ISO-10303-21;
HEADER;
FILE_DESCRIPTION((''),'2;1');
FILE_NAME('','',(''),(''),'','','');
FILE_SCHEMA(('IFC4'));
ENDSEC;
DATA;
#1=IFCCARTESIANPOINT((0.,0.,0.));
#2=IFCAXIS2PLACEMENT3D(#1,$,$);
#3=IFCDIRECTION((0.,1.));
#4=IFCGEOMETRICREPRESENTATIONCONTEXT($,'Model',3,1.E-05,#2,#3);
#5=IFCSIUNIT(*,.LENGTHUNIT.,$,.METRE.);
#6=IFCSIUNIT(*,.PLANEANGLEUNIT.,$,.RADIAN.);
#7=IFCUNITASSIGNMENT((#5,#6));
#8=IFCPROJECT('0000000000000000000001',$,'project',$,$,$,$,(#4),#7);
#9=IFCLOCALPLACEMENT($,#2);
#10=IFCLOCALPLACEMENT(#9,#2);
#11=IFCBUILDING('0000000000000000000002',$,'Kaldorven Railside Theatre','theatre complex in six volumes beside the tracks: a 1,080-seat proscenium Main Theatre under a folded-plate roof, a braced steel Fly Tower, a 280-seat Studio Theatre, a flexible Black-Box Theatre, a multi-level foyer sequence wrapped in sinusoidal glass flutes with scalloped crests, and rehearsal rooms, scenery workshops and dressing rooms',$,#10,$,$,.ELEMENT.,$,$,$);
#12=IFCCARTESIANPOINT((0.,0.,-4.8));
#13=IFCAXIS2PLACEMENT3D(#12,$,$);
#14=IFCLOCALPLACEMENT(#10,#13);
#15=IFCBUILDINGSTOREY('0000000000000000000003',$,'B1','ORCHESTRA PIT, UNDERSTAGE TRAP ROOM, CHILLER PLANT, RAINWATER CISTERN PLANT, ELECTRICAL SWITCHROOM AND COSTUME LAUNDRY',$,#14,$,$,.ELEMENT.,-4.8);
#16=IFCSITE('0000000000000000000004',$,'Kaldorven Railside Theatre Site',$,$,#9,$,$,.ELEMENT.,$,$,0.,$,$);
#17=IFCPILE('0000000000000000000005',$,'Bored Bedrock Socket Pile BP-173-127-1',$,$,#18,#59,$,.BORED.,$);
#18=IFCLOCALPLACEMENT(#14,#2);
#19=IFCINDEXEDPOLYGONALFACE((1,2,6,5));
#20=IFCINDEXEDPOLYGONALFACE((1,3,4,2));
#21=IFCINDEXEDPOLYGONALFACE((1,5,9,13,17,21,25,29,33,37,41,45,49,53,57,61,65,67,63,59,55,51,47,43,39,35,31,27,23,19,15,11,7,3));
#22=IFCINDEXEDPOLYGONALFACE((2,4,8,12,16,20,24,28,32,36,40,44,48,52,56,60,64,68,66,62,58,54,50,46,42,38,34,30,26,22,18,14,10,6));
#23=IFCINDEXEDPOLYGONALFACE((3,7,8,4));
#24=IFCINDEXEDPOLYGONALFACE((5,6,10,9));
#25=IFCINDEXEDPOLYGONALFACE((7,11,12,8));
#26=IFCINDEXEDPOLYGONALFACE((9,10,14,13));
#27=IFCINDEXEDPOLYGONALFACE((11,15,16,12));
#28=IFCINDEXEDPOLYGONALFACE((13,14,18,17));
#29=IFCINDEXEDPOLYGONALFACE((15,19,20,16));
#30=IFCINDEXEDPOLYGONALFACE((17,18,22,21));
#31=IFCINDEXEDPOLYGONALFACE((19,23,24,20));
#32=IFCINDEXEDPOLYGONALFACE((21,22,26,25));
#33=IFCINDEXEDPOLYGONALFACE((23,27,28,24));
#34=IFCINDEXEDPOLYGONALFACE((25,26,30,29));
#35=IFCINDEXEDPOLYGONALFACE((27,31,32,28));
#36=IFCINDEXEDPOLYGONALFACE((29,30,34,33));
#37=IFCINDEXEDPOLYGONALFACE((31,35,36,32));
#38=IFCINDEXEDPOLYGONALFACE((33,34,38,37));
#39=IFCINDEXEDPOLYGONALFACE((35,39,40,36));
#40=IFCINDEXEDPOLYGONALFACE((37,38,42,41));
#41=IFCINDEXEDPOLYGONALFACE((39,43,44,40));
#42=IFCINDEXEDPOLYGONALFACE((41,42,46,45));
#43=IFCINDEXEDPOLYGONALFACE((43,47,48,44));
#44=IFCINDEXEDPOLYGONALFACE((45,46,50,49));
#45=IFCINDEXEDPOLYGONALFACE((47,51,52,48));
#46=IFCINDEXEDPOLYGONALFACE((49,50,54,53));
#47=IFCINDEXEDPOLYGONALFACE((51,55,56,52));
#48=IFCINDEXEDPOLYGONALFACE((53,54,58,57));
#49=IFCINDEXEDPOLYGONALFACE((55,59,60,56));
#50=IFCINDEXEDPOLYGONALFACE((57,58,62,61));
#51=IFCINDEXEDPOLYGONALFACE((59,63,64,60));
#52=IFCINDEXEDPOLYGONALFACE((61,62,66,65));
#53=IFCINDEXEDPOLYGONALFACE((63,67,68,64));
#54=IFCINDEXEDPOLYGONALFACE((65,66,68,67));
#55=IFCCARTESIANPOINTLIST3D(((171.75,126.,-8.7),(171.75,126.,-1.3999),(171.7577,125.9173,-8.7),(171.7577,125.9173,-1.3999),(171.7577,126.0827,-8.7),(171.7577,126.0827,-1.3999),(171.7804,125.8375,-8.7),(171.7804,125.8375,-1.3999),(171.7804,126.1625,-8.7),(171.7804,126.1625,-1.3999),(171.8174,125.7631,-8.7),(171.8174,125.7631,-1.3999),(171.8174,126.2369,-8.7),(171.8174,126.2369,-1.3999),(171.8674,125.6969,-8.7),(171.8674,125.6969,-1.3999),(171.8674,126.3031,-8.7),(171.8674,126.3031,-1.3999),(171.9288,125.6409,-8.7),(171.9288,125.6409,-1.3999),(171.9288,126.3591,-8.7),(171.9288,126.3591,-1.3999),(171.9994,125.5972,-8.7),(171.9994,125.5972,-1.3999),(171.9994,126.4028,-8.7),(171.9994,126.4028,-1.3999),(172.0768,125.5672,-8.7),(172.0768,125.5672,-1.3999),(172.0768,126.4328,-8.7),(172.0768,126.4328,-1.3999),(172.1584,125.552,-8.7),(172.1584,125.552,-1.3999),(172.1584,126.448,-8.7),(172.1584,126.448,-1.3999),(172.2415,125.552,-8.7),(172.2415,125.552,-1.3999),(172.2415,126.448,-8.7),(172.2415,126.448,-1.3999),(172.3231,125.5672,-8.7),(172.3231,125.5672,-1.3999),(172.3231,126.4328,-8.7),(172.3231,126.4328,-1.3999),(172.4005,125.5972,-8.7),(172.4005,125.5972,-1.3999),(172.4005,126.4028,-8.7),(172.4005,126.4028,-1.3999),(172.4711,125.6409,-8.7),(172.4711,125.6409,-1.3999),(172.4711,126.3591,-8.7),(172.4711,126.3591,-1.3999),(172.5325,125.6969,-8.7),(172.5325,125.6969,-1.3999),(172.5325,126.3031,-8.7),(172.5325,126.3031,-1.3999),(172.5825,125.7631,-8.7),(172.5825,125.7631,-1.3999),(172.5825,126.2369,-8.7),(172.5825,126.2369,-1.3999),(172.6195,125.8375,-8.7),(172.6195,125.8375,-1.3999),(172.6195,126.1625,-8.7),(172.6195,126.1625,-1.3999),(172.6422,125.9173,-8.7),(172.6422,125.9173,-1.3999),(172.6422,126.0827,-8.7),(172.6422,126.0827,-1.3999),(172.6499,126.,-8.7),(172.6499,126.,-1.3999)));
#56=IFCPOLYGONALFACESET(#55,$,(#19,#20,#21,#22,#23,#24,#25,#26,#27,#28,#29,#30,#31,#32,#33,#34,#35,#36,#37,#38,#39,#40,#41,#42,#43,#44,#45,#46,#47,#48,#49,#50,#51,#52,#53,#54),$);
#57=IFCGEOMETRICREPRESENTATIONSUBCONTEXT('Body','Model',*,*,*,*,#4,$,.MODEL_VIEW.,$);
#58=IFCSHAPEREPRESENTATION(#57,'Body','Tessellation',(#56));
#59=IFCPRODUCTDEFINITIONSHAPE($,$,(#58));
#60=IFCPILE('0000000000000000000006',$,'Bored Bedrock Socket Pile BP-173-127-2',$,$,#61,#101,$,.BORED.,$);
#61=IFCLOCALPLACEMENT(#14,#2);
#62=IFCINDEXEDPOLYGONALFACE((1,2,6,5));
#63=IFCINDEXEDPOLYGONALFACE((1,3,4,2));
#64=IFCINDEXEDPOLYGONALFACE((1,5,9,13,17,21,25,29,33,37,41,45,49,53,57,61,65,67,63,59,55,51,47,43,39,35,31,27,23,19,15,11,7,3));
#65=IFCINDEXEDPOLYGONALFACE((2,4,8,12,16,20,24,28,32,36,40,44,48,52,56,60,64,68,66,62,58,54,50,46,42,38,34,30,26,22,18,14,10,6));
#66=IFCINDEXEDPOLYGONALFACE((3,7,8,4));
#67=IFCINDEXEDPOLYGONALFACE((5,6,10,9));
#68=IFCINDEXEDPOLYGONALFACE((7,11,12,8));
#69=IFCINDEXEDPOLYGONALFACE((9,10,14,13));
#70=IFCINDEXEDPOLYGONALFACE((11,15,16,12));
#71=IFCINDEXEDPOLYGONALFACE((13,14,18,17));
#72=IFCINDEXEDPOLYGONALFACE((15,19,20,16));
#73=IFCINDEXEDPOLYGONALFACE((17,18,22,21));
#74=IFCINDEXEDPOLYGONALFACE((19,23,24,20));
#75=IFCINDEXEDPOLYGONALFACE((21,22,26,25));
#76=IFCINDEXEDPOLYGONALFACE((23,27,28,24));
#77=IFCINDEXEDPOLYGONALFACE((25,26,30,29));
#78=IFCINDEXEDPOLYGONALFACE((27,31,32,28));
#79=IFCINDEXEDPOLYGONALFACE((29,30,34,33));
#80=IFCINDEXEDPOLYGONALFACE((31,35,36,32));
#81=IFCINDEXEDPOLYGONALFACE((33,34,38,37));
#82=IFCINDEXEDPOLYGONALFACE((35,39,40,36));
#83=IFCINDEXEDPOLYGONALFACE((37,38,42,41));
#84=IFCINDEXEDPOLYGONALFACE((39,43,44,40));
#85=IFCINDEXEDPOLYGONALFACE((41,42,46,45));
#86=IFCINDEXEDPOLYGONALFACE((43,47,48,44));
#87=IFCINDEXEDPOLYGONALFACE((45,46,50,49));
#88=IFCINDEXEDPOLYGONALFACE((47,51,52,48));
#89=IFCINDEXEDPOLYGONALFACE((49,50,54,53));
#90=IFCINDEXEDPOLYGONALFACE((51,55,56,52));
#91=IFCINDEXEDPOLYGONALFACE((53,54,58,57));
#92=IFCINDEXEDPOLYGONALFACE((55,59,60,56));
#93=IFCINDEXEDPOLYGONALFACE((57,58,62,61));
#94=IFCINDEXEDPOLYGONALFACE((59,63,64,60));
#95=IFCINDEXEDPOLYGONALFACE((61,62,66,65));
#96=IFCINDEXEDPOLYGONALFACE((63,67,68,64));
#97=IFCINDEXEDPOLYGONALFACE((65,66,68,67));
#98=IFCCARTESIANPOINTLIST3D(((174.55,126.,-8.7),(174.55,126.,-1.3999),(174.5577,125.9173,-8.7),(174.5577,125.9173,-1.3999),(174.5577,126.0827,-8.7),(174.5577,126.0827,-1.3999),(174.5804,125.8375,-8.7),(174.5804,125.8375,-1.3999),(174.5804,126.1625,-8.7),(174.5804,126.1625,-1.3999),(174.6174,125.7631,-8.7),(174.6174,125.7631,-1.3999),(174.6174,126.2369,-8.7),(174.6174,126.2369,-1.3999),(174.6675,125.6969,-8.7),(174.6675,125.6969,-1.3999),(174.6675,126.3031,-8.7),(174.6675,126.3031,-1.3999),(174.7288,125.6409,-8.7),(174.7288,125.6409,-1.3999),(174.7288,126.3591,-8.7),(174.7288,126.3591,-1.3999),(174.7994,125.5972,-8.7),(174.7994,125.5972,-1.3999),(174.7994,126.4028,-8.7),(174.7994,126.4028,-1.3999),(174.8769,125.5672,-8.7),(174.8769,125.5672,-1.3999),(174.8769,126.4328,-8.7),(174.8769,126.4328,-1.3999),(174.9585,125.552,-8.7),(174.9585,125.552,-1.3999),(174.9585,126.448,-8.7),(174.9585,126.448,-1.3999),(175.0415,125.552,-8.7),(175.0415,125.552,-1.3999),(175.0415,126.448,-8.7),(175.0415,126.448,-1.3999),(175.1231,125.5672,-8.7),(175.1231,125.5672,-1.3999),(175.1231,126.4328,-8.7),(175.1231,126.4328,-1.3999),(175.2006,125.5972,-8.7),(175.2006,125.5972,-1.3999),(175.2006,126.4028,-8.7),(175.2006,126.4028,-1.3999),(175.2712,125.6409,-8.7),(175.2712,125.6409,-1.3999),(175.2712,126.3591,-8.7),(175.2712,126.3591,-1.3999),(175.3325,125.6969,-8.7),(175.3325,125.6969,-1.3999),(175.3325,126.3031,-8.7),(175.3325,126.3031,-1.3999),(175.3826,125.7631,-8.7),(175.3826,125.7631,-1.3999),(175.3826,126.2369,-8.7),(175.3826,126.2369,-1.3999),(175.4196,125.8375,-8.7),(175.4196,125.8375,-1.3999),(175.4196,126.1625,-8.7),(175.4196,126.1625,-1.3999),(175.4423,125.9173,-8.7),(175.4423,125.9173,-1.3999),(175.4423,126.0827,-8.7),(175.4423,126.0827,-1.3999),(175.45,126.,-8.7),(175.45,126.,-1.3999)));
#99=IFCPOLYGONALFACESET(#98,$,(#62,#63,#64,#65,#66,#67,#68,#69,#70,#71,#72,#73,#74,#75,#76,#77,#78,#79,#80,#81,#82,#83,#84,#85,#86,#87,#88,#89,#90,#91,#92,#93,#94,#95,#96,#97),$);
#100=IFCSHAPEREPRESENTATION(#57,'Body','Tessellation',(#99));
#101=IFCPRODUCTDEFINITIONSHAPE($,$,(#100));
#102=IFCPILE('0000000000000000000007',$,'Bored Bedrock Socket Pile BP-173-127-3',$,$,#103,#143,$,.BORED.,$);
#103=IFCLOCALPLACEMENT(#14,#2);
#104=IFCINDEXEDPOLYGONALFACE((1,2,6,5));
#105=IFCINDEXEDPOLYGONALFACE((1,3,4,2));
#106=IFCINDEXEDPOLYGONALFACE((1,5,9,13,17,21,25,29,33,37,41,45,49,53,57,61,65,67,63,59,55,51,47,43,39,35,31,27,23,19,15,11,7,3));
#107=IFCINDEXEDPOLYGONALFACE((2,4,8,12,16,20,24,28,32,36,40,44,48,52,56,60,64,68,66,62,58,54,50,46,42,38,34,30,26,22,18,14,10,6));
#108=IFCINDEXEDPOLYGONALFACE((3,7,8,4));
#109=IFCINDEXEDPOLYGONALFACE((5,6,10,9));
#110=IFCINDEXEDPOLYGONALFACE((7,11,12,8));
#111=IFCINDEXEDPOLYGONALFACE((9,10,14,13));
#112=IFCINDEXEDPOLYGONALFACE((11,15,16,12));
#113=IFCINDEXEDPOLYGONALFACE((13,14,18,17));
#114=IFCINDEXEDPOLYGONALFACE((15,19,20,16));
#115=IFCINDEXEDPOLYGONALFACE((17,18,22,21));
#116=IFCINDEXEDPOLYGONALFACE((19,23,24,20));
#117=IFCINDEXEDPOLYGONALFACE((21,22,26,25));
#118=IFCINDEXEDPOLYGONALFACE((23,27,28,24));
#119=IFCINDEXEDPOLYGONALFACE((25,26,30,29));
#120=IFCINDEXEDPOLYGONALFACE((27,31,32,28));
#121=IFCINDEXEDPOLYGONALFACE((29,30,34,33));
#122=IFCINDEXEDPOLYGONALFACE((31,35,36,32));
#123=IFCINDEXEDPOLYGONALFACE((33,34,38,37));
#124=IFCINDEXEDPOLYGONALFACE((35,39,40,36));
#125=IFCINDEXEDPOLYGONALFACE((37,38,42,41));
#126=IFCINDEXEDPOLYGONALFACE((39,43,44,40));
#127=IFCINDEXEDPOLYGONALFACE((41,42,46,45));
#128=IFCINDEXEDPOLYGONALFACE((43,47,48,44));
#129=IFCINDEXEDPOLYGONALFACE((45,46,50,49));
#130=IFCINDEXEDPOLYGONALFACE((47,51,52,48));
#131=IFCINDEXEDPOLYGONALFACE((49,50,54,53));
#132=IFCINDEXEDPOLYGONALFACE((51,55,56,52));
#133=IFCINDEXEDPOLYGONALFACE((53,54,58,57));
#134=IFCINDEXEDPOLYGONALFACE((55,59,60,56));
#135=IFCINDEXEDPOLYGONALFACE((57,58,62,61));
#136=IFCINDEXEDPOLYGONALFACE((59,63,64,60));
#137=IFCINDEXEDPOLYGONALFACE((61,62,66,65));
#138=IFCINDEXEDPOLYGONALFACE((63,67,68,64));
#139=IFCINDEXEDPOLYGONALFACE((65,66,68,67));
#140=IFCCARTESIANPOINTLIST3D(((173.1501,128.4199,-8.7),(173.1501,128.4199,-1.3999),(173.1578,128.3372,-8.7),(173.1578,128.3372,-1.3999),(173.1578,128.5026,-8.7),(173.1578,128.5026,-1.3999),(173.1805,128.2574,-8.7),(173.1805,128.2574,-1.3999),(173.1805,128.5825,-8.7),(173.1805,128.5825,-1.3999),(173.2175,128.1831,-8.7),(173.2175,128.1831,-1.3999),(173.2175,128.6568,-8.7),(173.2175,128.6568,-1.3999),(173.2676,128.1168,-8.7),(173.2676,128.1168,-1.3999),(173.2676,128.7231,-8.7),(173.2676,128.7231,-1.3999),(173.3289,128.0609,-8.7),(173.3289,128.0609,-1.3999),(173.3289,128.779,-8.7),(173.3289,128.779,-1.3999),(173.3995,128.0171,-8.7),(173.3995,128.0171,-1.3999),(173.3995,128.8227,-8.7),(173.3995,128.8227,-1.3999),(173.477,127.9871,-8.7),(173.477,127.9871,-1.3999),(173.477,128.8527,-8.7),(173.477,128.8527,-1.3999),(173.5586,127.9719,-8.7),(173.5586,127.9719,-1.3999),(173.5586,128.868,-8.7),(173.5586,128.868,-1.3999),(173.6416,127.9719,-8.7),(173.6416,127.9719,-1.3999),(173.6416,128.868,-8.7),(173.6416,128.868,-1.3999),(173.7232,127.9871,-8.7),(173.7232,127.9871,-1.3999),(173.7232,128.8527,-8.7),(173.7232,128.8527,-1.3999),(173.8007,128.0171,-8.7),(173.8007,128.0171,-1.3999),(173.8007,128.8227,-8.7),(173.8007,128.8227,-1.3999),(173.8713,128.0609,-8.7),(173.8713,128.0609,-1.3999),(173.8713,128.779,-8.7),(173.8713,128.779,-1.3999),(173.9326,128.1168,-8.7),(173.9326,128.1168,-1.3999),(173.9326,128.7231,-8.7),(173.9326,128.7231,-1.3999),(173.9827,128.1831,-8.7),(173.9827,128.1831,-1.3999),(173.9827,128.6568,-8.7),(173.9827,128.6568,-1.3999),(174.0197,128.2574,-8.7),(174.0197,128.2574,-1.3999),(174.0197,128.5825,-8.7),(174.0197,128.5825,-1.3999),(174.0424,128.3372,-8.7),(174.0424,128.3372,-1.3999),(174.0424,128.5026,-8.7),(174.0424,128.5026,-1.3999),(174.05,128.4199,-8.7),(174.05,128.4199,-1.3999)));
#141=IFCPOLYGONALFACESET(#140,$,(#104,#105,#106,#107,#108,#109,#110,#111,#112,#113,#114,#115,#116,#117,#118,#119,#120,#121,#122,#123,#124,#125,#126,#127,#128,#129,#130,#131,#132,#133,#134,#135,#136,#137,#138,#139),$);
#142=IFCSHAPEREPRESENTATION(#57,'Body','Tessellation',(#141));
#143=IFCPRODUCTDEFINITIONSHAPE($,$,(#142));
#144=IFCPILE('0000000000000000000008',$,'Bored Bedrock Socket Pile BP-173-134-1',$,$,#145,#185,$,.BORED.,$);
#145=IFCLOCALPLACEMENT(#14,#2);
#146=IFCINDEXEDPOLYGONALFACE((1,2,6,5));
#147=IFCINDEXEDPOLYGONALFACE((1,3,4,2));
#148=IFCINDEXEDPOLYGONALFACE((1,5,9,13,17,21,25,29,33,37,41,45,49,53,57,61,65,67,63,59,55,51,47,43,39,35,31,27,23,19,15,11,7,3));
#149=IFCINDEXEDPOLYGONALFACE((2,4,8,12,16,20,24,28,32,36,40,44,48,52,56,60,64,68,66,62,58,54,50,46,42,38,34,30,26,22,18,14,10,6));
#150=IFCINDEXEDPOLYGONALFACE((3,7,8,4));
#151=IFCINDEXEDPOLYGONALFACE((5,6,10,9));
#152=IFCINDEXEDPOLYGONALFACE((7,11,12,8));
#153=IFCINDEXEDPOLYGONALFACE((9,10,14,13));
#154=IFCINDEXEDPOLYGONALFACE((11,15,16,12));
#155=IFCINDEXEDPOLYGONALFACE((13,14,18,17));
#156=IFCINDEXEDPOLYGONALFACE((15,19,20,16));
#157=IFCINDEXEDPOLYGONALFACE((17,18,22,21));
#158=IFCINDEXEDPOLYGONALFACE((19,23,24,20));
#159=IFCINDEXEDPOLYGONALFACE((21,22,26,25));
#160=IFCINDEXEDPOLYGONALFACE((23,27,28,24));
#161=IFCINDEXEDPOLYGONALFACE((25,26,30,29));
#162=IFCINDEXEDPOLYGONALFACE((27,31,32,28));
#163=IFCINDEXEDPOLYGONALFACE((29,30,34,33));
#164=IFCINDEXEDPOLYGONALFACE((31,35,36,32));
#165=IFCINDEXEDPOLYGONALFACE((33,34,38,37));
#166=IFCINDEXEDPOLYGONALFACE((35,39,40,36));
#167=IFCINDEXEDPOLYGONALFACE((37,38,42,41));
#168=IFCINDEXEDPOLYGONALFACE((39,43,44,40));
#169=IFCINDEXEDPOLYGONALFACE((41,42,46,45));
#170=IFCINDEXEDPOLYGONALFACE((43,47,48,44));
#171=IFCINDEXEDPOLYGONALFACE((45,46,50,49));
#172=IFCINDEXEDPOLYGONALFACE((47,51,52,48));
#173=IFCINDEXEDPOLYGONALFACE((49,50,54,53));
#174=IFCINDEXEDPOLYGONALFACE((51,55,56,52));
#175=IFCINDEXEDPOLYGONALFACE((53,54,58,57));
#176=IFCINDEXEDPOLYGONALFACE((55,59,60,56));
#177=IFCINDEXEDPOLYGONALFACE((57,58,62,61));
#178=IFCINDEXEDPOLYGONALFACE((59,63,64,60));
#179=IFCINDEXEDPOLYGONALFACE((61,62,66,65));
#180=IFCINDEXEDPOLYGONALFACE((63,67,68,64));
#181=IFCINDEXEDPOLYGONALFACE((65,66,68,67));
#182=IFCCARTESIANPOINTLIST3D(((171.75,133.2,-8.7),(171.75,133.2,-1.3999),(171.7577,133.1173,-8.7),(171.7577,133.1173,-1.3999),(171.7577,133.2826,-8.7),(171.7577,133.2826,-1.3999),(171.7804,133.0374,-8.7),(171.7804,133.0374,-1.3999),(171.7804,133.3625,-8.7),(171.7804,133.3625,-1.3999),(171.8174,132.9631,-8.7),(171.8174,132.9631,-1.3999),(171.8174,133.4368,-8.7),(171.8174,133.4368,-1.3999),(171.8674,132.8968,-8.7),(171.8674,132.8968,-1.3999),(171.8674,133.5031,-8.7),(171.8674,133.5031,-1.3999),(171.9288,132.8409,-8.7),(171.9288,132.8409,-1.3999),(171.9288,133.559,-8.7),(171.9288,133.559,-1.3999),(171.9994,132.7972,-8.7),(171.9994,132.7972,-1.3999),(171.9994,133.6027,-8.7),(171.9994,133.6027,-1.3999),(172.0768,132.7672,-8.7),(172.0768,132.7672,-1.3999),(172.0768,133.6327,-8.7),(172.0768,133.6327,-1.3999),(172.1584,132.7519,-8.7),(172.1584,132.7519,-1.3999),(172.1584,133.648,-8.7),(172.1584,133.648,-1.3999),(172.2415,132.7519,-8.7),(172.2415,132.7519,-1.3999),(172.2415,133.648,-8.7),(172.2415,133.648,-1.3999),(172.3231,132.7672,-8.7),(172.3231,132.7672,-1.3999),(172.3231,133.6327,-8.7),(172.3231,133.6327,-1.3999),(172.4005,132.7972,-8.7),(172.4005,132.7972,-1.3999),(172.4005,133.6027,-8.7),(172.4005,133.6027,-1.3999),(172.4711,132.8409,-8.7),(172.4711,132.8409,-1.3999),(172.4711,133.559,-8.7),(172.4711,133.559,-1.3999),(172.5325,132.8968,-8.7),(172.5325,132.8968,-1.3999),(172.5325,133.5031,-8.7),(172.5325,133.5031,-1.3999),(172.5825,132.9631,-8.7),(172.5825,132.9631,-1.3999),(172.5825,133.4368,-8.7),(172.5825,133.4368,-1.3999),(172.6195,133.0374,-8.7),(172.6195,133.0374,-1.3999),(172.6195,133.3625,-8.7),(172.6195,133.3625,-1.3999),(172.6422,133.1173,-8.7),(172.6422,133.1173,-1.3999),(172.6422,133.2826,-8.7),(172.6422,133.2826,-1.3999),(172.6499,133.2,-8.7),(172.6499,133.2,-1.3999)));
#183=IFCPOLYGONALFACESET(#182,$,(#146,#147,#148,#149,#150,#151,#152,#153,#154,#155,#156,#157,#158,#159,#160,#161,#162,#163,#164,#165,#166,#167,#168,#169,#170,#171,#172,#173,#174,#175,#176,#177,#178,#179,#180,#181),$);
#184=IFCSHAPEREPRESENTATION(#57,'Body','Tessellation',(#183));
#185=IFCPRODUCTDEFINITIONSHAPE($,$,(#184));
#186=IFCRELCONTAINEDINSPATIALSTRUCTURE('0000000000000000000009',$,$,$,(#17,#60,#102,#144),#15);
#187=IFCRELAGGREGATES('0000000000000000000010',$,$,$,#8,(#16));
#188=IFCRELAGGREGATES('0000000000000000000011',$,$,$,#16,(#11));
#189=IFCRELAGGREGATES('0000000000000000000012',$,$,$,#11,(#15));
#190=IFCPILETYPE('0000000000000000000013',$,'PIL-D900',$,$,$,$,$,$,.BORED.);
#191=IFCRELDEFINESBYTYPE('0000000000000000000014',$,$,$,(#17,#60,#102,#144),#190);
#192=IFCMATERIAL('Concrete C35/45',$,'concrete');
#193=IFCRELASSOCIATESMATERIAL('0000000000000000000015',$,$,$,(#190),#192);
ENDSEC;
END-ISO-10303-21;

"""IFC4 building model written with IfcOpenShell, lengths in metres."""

from ifc_helpers import new_model, si_unit, direction, frame, origin, origin_2d, place, context, subcontext, project, spatial, circle, extrude, material, material_profile, profile_set, type_object, element, save


model = new_model("IFC4")

# Units and contexts
model_context = context("Model", 3, precision=1e-05, world=origin(), true_north=direction((0.0, 1.0)))
body_context = subcontext(model_context, "Body", "Model", "MODEL_VIEW")
ifc_project = project(units=[si_unit("LENGTHUNIT", "METRE"), si_unit("PLANEANGLEUNIT", "RADIAN")], contexts=[model_context])

# Site, building, storey
site_placement = place(None, origin())
site = spatial("IfcSite", under=ifc_project, at=site_placement, Name="Kaldorven Railside Theatre Site", CompositionType="ELEMENT", RefElevation=0.0)
building_placement = place(site_placement, origin())
building = spatial("IfcBuilding", under=site, at=building_placement, Name="Kaldorven Railside Theatre", Description="theatre complex in six volumes beside the tracks: a 1,080-seat proscenium Main Theatre under a folded-plate roof, a braced steel Fly Tower, a 280-seat Studio Theatre, a flexible Black-Box Theatre, a multi-level foyer sequence wrapped in sinusoidal glass flutes with scalloped crests, and rehearsal rooms, scenery workshops and dressing rooms", CompositionType="ELEMENT")
storey_placement = place(building_placement, frame((0.0, 0.0, -4.8)))
storey = spatial("IfcBuildingStorey", under=building, at=storey_placement, Name="B1", Description="ORCHESTRA PIT, UNDERSTAGE TRAP ROOM, CHILLER PLANT, RAINWATER CISTERN PLANT, ELECTRICAL SWITCHROOM AND COSTUME LAUNDRY", CompositionType="ELEMENT", Elevation=-4.8)

# Piles
ifc_material_1 = material(Name="Concrete C35/45", Category="concrete")
ifc_material_profile_1 = material_profile(ifc_material_1, circle(Radius=0.45, at=origin_2d()), Name="BP D900")
ifc_profile_set_1 = profile_set([ifc_material_profile_1], Name="Concrete C35/45")
pile_type_1 = type_object("IfcPileType", Name="PIL-D900", PredefinedType="BORED", material=ifc_profile_set_1)
for number, where, z_axis, x_axis, name in (
    (1, (172.2, 126.0, -1.3999), (0.0, 0.0, -1.0), (1.0, 0.0, 0.0), "Bored Bedrock Socket Pile BP-173-127-1"),
    (2, (175.0, 126.0, -1.3999), (0.0, 0.0, -1.0), (1.0, 0.0, 0.0), "Bored Bedrock Socket Pile BP-173-127-2"),
    (3, (173.6001, 128.4199, -1.3999), (0.0, 0.0, -1.0), (1.0, 0.0, 0.0), "Bored Bedrock Socket Pile BP-173-127-3"),
    (4, (172.2, 133.2, -1.3999), (0.0, 0.0, -1.0), (1.0, 0.0, 0.0), "Bored Bedrock Socket Pile BP-173-134-1"),
):
    element("IfcPile", number, at=place(storey_placement, frame(where, z_axis=z_axis, x_axis=x_axis)), inside=storey, type_object=pile_type_1, Name=name, PredefinedType="BORED", context=body_context, shape_type="SweptSolid", body=[
        extrude(circle(Radius=0.45, at=origin_2d()), origin(), (0.0, 0.0, 1.0), 7.3),
    ])

save(model, "model.ifc")
